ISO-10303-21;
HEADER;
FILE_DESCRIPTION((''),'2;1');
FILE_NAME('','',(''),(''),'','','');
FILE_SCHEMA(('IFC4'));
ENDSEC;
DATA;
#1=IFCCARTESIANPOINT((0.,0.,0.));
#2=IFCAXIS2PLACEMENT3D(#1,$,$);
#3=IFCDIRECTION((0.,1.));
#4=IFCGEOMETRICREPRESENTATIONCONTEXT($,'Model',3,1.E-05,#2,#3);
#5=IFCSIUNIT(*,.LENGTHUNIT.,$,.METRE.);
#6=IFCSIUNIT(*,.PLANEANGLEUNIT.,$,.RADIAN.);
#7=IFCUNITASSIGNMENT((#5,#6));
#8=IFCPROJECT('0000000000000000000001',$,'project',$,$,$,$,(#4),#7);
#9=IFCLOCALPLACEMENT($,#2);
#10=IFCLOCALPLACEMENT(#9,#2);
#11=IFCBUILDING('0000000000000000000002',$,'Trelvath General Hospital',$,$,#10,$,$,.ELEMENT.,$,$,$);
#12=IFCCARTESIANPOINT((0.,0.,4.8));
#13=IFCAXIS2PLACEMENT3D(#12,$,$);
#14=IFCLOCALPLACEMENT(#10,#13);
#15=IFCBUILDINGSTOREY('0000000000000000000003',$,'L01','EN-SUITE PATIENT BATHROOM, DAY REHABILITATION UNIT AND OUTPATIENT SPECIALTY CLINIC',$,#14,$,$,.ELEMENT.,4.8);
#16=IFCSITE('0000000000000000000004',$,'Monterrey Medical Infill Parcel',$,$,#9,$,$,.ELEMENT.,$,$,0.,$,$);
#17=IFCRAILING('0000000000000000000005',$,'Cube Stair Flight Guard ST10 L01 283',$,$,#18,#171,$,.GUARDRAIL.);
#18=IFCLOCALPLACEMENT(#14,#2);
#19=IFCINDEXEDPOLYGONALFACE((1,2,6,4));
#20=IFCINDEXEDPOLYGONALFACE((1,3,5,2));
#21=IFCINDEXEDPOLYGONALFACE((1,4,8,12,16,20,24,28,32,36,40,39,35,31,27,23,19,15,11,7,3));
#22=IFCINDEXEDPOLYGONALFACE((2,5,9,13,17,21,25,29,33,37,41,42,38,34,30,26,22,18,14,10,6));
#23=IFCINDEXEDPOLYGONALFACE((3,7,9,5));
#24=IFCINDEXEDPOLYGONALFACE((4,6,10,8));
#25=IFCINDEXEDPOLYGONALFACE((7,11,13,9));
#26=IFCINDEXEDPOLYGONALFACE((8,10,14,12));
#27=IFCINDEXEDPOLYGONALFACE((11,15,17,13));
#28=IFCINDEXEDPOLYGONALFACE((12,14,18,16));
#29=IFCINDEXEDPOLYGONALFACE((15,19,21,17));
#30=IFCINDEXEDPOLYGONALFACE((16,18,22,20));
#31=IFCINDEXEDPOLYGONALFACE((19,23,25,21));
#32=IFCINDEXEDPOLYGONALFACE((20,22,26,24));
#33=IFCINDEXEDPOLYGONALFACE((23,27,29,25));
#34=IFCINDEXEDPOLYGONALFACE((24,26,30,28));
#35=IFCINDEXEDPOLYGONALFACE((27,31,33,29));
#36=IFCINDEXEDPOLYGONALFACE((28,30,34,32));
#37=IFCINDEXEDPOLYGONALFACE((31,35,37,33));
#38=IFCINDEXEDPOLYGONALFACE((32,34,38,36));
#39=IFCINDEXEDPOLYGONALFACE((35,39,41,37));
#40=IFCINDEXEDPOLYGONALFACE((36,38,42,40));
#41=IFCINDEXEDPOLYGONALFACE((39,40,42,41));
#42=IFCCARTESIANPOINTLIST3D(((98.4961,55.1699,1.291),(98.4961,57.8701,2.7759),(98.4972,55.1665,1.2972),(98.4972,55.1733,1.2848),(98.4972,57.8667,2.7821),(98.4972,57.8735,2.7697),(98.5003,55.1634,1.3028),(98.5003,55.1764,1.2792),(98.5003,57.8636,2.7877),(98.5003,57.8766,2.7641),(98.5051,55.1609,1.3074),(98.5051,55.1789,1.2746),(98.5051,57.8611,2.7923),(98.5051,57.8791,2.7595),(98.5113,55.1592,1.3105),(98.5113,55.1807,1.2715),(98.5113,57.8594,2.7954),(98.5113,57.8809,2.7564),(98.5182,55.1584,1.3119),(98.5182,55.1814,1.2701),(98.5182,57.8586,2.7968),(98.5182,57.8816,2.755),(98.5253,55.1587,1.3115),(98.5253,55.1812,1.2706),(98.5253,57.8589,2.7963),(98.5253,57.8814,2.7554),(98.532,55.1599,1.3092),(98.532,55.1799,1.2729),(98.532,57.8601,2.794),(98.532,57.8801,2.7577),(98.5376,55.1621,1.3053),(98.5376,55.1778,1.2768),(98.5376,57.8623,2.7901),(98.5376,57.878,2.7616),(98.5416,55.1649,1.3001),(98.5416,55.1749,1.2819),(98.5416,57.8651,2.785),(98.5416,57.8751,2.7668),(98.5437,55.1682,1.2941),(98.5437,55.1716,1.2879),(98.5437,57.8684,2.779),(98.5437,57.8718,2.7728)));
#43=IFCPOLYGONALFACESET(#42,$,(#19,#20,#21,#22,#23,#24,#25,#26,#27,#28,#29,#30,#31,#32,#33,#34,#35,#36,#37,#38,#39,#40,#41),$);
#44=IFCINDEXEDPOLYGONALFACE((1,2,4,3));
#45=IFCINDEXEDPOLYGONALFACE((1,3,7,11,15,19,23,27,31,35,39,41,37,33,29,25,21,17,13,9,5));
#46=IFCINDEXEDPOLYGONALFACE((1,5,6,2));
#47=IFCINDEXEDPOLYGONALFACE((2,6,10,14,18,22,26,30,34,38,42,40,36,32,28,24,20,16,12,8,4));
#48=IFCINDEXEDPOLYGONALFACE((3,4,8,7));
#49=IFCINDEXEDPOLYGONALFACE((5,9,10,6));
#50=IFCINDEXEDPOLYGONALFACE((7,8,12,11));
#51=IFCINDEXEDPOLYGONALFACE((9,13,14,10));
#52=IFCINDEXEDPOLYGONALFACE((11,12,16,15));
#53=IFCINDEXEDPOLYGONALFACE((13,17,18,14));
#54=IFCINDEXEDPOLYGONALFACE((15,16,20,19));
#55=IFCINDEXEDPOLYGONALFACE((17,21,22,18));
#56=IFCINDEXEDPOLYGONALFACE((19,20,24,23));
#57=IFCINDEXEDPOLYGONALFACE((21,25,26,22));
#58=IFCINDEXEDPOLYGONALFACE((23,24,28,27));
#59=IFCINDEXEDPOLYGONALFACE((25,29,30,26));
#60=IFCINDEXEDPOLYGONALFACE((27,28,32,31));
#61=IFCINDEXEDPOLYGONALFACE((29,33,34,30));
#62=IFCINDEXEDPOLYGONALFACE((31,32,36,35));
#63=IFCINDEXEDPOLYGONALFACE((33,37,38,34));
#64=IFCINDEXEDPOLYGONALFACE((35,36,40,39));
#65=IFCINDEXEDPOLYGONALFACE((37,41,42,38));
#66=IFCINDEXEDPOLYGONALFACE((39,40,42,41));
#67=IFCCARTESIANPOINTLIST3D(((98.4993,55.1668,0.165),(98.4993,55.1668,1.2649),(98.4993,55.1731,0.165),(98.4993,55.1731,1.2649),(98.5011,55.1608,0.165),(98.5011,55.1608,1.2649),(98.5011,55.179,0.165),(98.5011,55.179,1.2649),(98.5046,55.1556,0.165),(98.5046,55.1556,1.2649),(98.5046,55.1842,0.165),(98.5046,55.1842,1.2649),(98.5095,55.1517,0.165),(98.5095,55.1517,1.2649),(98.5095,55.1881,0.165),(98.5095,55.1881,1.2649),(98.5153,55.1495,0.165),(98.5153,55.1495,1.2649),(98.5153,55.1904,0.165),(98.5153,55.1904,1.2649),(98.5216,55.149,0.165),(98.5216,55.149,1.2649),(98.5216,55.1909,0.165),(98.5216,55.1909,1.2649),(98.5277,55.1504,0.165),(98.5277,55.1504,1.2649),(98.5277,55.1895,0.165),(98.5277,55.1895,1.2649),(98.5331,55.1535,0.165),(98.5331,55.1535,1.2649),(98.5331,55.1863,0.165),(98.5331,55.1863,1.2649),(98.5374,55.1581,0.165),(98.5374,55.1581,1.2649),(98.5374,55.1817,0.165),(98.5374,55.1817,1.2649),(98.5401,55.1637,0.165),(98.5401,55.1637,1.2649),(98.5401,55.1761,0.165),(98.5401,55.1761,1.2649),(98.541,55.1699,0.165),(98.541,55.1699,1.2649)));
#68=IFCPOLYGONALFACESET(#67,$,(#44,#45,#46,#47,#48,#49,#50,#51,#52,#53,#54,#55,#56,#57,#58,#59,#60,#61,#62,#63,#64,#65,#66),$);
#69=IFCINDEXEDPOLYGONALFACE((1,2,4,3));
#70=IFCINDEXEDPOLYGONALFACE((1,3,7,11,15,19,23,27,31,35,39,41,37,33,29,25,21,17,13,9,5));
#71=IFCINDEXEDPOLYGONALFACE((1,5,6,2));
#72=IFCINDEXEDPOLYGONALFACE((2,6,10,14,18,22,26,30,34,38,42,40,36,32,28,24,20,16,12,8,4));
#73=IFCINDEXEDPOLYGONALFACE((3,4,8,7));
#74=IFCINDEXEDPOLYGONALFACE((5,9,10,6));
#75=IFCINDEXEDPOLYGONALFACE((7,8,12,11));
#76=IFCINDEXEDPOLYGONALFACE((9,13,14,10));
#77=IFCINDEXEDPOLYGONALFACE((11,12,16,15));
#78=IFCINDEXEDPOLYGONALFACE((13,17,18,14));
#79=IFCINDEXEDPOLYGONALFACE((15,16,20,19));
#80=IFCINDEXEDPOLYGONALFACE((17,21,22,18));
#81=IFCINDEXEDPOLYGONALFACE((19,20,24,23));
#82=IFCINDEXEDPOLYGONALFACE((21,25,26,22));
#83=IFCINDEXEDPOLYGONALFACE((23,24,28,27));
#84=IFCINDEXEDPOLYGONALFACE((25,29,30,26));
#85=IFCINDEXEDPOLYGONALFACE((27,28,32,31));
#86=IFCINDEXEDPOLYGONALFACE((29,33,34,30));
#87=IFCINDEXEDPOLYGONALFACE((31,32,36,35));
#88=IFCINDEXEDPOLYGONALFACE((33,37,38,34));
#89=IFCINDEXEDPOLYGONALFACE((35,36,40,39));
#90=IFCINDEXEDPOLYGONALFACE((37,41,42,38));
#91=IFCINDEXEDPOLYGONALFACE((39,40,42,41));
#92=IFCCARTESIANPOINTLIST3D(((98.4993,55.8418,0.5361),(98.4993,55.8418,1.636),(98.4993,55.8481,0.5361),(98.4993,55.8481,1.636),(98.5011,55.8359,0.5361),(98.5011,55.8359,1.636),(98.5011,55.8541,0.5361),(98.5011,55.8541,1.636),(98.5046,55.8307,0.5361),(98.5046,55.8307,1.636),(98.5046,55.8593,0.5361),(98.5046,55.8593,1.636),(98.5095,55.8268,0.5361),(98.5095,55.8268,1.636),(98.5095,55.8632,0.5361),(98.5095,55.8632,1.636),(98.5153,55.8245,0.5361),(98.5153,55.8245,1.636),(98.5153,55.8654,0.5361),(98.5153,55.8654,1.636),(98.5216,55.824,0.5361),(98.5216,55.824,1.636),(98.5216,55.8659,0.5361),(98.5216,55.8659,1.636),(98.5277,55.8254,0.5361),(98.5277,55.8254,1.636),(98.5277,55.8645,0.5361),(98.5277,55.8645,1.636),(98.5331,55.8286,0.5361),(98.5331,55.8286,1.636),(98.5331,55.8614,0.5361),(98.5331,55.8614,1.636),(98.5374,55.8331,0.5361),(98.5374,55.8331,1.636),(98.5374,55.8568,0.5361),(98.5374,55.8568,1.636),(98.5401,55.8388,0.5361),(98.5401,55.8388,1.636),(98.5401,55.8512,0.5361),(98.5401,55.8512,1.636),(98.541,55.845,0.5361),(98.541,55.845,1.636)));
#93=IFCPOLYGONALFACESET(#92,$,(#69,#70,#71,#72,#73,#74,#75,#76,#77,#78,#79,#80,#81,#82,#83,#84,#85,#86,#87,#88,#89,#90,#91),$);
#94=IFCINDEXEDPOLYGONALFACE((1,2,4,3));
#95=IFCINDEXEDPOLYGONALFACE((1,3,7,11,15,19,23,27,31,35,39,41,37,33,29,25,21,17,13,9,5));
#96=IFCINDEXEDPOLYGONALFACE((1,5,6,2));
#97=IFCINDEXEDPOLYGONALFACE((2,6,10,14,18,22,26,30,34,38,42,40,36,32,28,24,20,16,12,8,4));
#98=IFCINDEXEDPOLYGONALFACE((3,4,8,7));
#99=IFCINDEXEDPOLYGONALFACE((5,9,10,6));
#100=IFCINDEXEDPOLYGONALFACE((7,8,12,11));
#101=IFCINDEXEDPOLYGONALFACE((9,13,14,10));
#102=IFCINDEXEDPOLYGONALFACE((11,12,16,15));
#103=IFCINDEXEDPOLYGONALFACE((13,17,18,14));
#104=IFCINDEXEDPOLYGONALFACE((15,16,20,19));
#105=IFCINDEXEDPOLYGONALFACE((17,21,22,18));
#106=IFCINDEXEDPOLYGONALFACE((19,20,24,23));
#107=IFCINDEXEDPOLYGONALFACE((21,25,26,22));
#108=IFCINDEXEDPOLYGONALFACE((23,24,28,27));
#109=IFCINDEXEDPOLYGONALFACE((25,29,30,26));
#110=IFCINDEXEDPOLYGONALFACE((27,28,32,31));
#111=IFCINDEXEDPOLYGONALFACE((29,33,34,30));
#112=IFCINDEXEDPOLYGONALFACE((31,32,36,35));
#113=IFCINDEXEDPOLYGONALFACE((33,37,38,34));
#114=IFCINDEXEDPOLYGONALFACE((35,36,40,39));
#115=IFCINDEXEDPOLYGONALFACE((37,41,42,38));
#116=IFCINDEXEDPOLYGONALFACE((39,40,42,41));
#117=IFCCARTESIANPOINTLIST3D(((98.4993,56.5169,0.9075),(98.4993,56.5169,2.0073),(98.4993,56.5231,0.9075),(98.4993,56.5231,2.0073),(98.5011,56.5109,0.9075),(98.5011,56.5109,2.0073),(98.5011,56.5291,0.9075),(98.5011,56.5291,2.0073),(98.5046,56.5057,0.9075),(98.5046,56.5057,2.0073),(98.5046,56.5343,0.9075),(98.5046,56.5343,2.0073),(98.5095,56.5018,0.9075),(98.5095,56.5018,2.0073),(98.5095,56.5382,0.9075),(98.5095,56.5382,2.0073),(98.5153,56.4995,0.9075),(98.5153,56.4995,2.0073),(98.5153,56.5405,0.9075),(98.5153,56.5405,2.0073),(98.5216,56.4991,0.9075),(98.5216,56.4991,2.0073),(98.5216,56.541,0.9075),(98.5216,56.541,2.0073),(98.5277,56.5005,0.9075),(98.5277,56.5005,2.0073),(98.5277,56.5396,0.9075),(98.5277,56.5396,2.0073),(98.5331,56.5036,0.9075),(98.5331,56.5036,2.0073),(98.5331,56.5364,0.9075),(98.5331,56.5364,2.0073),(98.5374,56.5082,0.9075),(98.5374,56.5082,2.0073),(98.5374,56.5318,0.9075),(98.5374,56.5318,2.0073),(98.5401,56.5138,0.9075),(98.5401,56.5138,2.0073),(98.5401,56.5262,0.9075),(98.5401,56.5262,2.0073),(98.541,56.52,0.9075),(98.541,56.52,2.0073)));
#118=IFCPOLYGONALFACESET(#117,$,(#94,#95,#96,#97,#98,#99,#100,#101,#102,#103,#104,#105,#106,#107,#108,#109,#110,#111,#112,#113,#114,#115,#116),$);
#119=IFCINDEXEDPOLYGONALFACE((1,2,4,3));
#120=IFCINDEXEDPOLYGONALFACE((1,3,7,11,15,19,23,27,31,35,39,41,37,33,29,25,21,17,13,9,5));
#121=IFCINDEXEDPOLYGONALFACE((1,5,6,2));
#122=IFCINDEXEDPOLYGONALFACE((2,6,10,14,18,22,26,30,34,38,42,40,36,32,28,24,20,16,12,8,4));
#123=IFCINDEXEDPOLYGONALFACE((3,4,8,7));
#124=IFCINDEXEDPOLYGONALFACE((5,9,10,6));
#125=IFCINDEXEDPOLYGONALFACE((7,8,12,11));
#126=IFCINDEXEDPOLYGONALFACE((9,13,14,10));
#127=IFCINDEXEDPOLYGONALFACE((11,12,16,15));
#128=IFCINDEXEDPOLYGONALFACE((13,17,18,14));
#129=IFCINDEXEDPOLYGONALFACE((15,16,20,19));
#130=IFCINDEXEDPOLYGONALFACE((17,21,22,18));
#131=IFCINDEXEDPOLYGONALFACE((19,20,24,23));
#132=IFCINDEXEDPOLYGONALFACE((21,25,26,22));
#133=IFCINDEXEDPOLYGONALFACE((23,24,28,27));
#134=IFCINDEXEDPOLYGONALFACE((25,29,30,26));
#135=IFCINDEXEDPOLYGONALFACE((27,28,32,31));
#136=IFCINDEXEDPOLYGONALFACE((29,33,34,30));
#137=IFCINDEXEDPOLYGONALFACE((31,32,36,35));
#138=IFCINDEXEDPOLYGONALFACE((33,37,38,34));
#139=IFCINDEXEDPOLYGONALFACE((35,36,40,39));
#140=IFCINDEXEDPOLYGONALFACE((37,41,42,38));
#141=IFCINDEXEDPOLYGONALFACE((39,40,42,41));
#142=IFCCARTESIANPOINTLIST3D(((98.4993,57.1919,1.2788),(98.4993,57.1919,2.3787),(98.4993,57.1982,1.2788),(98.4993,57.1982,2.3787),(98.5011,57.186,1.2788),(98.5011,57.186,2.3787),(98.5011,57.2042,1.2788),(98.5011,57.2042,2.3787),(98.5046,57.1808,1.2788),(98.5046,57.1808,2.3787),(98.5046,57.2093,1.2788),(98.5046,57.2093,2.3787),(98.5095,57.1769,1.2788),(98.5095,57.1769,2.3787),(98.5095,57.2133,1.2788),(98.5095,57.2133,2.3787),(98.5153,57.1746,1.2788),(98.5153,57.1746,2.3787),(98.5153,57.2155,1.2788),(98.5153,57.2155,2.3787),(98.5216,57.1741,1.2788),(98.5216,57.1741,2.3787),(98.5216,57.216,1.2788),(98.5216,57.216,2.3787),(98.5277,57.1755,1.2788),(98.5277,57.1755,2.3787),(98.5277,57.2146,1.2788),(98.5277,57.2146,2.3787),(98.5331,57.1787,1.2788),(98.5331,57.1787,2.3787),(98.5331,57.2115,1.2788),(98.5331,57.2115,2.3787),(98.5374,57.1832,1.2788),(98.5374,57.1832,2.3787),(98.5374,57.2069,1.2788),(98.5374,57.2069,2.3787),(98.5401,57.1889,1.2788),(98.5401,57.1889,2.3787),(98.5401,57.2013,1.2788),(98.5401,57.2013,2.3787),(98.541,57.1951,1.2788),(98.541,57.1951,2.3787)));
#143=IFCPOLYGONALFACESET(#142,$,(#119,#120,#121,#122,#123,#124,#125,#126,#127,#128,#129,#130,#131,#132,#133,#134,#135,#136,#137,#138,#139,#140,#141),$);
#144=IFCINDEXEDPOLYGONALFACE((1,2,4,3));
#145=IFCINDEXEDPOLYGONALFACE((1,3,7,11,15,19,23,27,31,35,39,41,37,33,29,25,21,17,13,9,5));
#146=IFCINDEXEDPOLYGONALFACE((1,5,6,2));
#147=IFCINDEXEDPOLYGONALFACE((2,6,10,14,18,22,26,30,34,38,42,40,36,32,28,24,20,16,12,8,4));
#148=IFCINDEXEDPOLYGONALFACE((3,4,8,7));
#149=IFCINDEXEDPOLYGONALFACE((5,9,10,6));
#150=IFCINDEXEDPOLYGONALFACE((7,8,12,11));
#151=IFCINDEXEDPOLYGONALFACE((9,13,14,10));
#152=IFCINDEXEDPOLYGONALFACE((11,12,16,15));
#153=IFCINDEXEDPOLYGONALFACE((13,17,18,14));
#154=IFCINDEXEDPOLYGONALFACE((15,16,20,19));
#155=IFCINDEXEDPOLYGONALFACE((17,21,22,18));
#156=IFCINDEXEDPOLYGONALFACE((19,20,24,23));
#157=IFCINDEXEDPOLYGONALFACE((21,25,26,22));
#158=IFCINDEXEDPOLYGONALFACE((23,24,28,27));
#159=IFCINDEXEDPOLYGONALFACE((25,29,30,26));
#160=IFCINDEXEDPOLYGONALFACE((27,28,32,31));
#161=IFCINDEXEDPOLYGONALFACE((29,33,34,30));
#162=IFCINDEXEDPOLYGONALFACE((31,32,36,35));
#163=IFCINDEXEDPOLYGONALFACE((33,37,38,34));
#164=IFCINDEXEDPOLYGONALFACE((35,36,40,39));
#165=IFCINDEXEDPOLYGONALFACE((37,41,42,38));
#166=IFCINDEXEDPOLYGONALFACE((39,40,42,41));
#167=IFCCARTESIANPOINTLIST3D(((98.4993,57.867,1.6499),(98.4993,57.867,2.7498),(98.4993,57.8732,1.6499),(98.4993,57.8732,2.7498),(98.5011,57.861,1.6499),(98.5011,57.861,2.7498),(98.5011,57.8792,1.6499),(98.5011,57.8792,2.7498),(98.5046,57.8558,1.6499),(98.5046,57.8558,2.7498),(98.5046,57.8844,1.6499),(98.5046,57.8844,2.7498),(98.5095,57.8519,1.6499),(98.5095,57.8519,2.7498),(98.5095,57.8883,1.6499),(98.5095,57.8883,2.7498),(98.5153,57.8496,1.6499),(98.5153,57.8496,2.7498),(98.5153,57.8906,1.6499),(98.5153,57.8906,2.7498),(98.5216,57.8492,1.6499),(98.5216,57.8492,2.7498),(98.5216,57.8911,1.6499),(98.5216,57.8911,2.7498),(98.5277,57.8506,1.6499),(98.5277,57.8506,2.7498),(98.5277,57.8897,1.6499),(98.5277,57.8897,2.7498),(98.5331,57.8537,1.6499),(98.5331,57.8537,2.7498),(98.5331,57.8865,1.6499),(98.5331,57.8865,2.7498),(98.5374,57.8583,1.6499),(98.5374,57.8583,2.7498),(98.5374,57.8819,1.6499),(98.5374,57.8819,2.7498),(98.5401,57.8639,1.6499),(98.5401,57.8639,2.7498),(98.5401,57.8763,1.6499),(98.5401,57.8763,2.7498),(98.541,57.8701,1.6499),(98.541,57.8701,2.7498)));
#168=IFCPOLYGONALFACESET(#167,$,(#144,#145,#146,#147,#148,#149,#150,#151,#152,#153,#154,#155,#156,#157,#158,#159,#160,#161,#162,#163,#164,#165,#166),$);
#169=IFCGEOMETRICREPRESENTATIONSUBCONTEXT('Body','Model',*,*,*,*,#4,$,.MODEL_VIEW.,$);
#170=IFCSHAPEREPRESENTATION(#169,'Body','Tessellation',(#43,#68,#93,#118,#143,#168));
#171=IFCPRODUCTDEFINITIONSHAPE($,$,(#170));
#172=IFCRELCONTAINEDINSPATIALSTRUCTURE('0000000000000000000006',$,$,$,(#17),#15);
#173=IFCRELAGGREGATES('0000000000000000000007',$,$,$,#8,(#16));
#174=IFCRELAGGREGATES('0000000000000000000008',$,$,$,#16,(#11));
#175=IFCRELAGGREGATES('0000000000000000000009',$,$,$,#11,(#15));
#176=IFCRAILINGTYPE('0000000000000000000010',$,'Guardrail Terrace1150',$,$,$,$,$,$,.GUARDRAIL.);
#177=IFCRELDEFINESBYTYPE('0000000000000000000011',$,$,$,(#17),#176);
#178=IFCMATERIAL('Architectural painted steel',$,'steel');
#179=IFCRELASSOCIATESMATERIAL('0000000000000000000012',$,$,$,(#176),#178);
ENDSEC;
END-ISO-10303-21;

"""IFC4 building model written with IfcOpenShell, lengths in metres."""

from ifc_helpers import new_model, si_unit, direction, frame, origin, origin_2d, place, context, subcontext, project, spatial, circle, extrude, material, type_object, element, save


model = new_model("IFC4")

# Units and contexts
model_context = context("Model", 3, precision=1e-05, world=origin(), true_north=direction((0.0, 1.0)))
body_context = subcontext(model_context, "Body", "Model", "MODEL_VIEW")
ifc_project = project(units=[si_unit("LENGTHUNIT", "METRE"), si_unit("PLANEANGLEUNIT", "RADIAN")], contexts=[model_context])

# Site, building, storey
site_placement = place(None, origin())
site = spatial("IfcSite", under=ifc_project, at=site_placement, Name="Monterrey Medical Infill Parcel", CompositionType="ELEMENT", RefElevation=0.0)
building_placement = place(site_placement, origin())
building = spatial("IfcBuilding", under=site, at=building_placement, Name="Trelvath General Hospital", CompositionType="ELEMENT")
storey_placement = place(building_placement, frame((0.0, 0.0, 4.8)))
storey = spatial("IfcBuildingStorey", under=building, at=storey_placement, Name="L01", Description="EN-SUITE PATIENT BATHROOM, DAY REHABILITATION UNIT AND OUTPATIENT SPECIALTY CLINIC", CompositionType="ELEMENT", Elevation=4.8)

# Railing
ifc_material_1 = material(Name="Architectural painted steel", Category="steel")
railing_type = type_object("IfcRailingType", Name="Guardrail Terrace1150", PredefinedType="GUARDRAIL", material=ifc_material_1)
for number, where, name in (
    (1, (98.52, 55.1699, 0.165), "Cube Stair Flight Guard ST10 L01 283"),
):
    element("IfcRailing", number, at=place(storey_placement, frame(where)), inside=storey, type_object=railing_type, Name=name, PredefinedType="GUARDRAIL", context=body_context, shape_type="SweptSolid", body=[
        extrude(circle(Radius=0.0239, at=origin_2d()), frame((0.0, 0.0, 1.126), z_axis=(0.0, 0.876249, 0.481858), x_axis=(-1.0, 0.0, 0.0)), (0.0, 0.0, 1.0), 3.0815),
        extrude(circle(Radius=0.021, at=origin_2d()), origin(), (0.0, 0.0, 1.0), 1.0999),
        extrude(circle(Radius=0.021, at=origin_2d()), frame((0.0, 0.675, 0.3711)), (0.0, 0.0, 1.0), 1.0999),
        extrude(circle(Radius=0.021, at=origin_2d()), frame((0.0, 1.3501, 0.7424)), (0.0, 0.0, 1.0), 1.0999),
        extrude(circle(Radius=0.021, at=origin_2d()), frame((0.0, 2.0251, 1.1138)), (0.0, 0.0, 1.0), 1.0999),
        extrude(circle(Radius=0.021, at=origin_2d()), frame((0.0, 2.7002, 1.4849)), (0.0, 0.0, 1.0), 1.0999),
    ])

save(model, "model.ifc")
